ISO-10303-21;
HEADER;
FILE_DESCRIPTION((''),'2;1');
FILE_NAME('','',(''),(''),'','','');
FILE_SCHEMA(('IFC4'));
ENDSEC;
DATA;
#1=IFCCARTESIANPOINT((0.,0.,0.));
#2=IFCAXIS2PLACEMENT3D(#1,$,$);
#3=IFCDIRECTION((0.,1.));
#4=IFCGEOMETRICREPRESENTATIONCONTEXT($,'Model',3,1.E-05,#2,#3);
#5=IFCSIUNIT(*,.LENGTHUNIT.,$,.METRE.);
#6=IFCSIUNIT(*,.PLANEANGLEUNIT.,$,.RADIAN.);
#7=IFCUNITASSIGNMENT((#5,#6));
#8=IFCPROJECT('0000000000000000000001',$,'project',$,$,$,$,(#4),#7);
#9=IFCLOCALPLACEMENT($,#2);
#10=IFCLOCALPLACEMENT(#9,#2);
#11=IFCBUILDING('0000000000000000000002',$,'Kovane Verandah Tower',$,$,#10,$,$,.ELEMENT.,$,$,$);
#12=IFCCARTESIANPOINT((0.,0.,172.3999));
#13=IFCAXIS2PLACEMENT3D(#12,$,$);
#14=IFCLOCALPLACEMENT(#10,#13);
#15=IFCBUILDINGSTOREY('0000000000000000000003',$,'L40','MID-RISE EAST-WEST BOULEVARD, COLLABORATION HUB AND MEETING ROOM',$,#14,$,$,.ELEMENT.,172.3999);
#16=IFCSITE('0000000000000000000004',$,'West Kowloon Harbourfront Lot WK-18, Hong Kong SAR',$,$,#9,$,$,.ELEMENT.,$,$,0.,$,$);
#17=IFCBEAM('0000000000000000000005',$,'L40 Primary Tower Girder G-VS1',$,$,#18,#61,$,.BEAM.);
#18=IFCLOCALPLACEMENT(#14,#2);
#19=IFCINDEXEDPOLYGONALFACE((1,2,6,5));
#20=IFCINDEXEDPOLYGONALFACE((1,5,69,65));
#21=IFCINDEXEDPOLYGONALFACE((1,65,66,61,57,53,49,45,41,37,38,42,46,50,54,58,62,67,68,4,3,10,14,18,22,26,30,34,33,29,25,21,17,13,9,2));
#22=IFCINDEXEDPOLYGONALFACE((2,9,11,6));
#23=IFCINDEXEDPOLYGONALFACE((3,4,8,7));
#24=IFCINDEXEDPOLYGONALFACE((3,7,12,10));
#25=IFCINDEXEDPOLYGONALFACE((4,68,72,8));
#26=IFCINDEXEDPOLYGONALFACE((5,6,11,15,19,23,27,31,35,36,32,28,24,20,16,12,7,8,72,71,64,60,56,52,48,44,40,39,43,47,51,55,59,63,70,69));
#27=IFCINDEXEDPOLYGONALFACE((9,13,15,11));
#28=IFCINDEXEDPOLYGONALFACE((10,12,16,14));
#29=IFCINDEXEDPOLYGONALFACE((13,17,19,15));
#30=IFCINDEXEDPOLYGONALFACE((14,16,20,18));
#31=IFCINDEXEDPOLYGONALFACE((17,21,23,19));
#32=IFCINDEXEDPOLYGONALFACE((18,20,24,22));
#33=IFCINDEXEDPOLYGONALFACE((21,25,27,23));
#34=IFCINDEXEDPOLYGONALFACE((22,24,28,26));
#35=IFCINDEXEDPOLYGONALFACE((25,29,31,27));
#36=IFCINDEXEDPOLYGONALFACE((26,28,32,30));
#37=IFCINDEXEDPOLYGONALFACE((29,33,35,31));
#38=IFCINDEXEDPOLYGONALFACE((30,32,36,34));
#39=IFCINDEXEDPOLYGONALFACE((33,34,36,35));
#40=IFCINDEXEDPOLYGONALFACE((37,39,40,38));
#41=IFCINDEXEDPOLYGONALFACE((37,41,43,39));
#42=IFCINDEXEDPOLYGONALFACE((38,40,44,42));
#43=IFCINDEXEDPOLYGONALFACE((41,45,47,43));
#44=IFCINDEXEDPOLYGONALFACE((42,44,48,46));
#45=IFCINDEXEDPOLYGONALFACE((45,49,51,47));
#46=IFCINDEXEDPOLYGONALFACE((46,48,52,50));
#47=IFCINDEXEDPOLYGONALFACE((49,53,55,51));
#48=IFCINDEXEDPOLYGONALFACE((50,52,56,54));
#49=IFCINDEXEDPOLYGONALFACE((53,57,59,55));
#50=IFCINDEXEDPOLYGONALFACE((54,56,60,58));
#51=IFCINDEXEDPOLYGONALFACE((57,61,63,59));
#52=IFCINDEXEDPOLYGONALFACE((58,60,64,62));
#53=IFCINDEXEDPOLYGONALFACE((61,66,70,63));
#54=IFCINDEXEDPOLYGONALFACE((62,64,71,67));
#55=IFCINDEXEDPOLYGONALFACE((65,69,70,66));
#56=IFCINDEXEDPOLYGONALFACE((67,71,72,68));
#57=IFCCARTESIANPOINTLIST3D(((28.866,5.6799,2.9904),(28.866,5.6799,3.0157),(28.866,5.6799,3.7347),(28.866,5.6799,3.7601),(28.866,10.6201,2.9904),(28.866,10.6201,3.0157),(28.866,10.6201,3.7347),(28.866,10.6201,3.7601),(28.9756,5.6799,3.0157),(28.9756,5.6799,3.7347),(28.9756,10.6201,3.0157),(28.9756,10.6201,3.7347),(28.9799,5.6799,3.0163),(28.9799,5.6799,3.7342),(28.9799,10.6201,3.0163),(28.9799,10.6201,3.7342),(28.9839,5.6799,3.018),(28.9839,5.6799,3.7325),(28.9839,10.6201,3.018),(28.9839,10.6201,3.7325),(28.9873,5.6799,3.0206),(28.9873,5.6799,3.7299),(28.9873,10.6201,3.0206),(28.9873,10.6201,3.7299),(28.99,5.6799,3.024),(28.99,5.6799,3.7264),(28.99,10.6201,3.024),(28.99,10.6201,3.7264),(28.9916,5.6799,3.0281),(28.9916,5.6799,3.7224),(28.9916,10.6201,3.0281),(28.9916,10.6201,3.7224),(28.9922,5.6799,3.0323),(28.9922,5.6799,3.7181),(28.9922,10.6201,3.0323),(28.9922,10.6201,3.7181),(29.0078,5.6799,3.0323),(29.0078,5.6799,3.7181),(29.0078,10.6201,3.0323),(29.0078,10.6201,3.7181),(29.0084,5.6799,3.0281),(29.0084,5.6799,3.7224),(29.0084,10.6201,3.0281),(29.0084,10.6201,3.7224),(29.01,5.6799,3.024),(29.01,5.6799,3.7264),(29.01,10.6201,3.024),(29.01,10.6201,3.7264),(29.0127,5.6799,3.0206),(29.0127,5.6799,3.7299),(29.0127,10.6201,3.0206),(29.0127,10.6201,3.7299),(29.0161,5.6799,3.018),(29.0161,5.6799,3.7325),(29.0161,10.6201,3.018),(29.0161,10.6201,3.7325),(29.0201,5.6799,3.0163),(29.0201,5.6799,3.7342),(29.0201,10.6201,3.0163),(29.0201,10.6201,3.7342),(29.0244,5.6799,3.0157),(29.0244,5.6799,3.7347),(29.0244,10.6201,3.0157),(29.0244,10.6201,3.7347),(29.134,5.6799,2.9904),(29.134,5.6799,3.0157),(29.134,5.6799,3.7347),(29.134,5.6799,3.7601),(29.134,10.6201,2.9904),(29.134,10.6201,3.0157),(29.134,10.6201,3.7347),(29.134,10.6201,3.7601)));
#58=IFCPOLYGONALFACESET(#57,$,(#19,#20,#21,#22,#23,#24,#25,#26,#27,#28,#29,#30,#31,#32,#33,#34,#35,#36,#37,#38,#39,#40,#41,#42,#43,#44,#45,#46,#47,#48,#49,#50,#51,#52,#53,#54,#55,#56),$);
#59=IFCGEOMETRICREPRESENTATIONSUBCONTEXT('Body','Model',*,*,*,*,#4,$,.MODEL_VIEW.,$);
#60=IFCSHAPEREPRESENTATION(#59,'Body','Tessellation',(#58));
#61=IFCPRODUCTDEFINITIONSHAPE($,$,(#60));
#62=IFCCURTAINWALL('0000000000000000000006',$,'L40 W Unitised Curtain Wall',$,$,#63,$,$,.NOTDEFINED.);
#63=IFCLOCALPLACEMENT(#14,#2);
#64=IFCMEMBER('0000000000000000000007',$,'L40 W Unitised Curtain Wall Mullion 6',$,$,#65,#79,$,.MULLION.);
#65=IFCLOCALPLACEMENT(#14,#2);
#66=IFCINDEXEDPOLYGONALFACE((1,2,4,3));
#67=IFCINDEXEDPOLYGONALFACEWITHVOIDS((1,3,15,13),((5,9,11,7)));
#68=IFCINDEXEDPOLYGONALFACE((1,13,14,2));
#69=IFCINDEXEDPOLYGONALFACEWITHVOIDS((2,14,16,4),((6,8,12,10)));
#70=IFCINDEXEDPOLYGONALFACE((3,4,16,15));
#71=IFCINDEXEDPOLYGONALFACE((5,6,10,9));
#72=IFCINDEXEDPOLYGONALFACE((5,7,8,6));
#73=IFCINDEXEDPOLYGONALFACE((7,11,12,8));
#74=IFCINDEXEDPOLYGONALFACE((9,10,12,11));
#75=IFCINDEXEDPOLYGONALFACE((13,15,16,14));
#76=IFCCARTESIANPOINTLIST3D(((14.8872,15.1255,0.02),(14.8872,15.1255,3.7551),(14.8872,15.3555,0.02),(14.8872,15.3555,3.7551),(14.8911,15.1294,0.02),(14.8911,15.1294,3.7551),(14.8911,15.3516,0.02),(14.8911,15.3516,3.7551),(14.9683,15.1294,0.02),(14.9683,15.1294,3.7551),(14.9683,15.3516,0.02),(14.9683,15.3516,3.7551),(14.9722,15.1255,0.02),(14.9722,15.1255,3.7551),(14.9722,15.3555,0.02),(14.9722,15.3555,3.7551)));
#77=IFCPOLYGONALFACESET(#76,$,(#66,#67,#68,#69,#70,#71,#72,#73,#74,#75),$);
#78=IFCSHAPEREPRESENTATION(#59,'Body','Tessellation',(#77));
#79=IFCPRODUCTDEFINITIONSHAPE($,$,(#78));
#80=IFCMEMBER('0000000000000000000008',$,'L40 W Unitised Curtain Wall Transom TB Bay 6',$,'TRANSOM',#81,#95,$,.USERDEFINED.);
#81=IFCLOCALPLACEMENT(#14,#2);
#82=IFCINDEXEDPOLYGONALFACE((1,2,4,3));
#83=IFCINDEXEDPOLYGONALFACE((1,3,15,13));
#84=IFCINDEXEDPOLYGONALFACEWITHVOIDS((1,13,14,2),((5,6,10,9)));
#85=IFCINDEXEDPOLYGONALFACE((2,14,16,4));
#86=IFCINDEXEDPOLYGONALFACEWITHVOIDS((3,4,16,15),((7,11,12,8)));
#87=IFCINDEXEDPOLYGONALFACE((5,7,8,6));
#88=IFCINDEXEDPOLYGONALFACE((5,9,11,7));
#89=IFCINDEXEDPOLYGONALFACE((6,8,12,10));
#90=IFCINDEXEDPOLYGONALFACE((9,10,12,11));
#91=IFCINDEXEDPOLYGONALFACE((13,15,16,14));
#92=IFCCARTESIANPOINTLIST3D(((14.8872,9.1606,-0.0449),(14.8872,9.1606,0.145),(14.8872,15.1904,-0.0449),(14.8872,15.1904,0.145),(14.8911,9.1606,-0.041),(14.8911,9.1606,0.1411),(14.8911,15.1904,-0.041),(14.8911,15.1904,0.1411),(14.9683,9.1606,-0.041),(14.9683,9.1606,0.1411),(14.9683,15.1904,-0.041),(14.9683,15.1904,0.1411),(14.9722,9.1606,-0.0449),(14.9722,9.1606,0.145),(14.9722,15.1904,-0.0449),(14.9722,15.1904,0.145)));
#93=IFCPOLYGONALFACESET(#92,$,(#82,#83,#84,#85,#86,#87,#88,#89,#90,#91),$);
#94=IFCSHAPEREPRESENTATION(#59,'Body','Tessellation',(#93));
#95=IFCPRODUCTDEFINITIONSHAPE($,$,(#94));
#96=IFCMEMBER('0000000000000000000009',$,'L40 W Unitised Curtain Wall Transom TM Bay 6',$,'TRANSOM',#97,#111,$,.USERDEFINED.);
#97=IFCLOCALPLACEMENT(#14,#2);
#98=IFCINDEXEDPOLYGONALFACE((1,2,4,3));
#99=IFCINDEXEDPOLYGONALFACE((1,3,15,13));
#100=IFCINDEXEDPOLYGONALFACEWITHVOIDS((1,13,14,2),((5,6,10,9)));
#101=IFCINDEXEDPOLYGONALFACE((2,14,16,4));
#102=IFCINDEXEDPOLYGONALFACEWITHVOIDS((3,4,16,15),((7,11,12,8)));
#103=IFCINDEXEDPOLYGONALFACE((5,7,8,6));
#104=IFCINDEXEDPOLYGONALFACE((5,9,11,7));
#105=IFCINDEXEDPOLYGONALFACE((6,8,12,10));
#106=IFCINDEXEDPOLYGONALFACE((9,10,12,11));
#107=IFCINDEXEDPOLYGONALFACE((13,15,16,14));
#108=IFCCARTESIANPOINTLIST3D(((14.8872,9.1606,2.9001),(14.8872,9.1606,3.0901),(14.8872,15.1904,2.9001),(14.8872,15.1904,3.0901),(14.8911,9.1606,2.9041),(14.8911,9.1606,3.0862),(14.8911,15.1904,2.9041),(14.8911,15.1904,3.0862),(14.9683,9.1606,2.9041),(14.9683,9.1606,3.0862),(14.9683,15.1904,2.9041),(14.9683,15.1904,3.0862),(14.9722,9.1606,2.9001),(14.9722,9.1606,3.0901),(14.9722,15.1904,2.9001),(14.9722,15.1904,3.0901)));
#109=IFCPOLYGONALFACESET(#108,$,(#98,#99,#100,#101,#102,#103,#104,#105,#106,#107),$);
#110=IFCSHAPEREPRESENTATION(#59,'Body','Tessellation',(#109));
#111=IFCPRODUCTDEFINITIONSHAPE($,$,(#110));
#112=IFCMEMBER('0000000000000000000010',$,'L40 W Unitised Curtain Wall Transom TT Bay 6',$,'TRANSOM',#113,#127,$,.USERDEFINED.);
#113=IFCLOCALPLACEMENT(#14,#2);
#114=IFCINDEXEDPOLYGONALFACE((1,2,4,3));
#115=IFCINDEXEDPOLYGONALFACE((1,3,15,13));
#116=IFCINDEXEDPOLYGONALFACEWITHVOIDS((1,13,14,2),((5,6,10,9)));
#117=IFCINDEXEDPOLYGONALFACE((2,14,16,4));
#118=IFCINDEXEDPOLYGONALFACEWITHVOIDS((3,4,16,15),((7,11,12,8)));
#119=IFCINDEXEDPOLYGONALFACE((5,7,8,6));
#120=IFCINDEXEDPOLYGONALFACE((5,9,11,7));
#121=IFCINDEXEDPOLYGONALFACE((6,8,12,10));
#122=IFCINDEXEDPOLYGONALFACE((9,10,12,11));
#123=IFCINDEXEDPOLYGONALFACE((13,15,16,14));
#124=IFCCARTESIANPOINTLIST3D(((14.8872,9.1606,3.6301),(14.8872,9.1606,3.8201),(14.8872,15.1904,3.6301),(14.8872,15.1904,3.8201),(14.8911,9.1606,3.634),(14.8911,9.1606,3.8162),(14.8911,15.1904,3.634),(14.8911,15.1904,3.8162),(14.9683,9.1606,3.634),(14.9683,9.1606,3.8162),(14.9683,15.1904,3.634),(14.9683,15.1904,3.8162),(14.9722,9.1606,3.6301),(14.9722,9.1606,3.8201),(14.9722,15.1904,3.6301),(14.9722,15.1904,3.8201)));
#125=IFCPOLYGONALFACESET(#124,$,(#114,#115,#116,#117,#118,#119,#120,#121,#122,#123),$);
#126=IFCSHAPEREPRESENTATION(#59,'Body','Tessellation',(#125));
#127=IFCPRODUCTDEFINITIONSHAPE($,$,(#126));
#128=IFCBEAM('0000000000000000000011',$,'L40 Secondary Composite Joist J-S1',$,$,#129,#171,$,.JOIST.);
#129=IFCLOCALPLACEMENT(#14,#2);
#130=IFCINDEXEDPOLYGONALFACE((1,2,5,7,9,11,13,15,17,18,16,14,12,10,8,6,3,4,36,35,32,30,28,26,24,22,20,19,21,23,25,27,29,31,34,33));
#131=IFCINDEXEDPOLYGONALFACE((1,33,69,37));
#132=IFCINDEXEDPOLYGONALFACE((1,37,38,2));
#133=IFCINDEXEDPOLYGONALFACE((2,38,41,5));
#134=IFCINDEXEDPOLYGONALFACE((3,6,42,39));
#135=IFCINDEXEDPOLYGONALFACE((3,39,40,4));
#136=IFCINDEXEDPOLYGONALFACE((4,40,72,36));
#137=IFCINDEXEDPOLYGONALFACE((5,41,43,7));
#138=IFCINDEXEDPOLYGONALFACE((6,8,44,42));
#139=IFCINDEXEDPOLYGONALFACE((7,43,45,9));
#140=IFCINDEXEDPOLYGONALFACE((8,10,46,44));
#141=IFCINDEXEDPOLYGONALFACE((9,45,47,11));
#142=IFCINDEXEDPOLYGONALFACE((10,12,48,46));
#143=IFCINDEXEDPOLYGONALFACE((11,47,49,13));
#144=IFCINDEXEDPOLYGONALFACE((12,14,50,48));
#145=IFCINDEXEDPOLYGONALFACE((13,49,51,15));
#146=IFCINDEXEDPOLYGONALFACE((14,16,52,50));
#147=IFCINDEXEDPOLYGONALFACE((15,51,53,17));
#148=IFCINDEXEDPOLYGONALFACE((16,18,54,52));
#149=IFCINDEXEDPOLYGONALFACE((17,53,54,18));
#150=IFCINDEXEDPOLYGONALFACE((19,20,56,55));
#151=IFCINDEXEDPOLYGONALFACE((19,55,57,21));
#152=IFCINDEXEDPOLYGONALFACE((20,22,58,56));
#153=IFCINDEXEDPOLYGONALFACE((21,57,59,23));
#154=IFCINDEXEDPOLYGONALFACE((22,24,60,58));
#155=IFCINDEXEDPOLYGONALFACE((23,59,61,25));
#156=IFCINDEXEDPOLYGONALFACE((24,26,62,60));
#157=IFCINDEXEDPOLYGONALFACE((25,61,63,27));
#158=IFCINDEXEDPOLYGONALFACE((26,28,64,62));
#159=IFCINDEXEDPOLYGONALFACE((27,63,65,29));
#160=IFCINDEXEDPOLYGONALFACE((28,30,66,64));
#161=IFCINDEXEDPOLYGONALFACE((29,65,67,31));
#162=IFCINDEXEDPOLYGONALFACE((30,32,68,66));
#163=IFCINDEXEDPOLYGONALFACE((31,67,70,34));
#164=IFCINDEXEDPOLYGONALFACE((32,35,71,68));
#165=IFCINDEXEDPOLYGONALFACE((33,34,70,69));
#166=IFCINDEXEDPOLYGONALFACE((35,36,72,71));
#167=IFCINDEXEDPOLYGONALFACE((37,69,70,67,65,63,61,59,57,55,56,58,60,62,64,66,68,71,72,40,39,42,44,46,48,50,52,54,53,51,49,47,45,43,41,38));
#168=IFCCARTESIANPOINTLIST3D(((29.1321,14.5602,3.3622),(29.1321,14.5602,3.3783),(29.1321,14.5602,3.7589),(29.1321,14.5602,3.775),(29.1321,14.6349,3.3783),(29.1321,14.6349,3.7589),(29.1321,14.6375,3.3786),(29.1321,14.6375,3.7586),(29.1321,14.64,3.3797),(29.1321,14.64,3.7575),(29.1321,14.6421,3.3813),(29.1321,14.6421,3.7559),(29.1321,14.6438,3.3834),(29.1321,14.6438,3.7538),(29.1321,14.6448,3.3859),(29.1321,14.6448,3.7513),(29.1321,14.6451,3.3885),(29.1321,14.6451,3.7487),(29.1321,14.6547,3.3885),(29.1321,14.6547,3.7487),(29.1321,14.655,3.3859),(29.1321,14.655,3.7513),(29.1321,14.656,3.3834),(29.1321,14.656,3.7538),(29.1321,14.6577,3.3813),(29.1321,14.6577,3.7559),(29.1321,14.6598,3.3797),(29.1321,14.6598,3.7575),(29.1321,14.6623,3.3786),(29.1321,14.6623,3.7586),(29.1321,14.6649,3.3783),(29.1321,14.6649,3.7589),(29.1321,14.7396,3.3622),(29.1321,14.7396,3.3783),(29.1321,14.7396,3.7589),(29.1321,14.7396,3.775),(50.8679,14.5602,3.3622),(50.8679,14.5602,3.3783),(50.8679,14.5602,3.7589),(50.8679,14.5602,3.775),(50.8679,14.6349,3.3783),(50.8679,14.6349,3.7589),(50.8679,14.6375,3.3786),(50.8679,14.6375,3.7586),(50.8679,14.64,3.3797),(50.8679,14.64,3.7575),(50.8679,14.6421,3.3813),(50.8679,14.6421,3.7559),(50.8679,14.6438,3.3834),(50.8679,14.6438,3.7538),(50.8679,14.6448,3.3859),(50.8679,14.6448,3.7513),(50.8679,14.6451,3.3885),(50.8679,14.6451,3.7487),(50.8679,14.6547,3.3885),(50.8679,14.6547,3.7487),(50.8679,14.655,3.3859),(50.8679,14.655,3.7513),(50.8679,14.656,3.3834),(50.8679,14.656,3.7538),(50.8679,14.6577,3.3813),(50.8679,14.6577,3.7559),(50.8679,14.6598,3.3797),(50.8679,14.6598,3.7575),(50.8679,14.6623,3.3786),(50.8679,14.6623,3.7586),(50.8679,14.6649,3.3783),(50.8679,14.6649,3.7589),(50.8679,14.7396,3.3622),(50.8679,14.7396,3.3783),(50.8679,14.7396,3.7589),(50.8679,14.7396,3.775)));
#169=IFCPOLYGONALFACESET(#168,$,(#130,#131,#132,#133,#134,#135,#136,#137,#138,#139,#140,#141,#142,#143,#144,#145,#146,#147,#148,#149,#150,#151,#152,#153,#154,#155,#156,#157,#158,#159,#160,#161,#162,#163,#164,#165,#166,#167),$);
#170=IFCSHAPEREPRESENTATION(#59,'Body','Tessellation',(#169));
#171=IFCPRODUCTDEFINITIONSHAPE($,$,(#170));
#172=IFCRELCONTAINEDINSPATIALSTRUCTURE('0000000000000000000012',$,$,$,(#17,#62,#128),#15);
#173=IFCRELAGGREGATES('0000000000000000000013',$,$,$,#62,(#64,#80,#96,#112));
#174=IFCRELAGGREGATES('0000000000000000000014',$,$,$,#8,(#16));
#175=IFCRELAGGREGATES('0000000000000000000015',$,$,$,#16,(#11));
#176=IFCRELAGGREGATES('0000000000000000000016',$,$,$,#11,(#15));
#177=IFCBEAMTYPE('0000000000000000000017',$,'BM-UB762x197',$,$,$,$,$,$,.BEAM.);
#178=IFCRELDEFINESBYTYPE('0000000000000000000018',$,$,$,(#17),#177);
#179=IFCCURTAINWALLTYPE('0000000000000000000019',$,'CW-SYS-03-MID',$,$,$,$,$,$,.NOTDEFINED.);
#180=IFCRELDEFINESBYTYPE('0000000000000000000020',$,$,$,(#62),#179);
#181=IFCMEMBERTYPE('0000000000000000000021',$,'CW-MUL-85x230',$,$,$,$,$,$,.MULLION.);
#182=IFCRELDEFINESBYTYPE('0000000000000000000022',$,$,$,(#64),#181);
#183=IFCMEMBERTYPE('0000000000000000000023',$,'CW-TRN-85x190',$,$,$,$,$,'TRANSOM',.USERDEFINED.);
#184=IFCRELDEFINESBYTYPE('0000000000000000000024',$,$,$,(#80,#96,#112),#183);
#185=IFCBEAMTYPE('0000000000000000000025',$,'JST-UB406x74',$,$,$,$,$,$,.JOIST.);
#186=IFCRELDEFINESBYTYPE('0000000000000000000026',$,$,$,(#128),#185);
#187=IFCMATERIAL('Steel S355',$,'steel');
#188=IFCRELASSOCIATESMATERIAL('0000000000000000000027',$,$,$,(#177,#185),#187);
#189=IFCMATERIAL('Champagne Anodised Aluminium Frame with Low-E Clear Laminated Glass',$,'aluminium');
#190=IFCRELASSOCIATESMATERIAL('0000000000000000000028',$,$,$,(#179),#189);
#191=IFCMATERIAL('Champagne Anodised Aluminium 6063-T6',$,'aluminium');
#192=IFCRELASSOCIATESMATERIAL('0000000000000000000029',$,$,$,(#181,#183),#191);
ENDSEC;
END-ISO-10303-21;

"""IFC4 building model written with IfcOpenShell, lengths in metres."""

from ifc_helpers import new_model, si_unit, direction, frame, origin, origin_2d, place, context, subcontext, project, spatial, hollow_rectangle, i_section, extrude, material, material_profile, profile_set, type_object, element, aggregate, save


model = new_model("IFC4")

# Units and contexts
model_context = context("Model", 3, precision=1e-05, world=origin(), true_north=direction((0.0, 1.0)))
body_context = subcontext(model_context, "Body", "Model", "MODEL_VIEW")
ifc_project = project(units=[si_unit("LENGTHUNIT", "METRE"), si_unit("PLANEANGLEUNIT", "RADIAN")], contexts=[model_context])

# Site, building, storey
site_placement = place(None, origin())
site = spatial("IfcSite", under=ifc_project, at=site_placement, Name="West Kowloon Harbourfront Lot WK-18, Hong Kong SAR", CompositionType="ELEMENT", RefElevation=0.0)
building_placement = place(site_placement, origin())
building = spatial("IfcBuilding", under=site, at=building_placement, Name="Kovane Verandah Tower", CompositionType="ELEMENT")
storey_placement = place(building_placement, frame((0.0, 0.0, 172.3999)))
storey = spatial("IfcBuildingStorey", under=building, at=storey_placement, Name="L40", Description="MID-RISE EAST-WEST BOULEVARD, COLLABORATION HUB AND MEETING ROOM", CompositionType="ELEMENT", Elevation=172.3999)

# Beam
ifc_material_1 = material(Name="Steel S355", Category="steel")
ifc_material_profile_1 = material_profile(ifc_material_1, i_section(OverallWidth=0.2681, OverallDepth=0.7698, WebThickness=0.0156, FlangeThickness=0.0254, FilletRadius=0.0166, at=origin_2d()), Name="UB762x267x197")
ifc_profile_set_1 = profile_set([ifc_material_profile_1], Name="Steel S355")
beam_type_1 = type_object("IfcBeamType", Name="BM-UB762x197", PredefinedType="BEAM", material=ifc_profile_set_1)
beam_1_placement = place(storey_placement, frame((29.0, 10.6201, 3.3752), z_axis=(0.0, -1.0, 0.0), x_axis=(1.0, 0.0, 0.0)))
element("IfcBeam", 1, at=beam_1_placement, inside=storey, type_object=beam_type_1, Name="L40 Primary Tower Girder G-VS1", PredefinedType="BEAM", context=body_context, shape_type="SweptSolid", body=[
    extrude(i_section(OverallWidth=0.2681, OverallDepth=0.7698, WebThickness=0.0156, FlangeThickness=0.0254, FilletRadius=0.0166, at=origin_2d()), origin(), (0.0, 0.0, 1.0), 4.9402),
])

# Curtain wall, members
ifc_material_2 = material(Name="Champagne Anodised Aluminium Frame with Low-E Clear Laminated Glass", Category="aluminium")
curtain_wall_type = type_object("IfcCurtainWallType", Name="CW-SYS-03-MID", PredefinedType="NOTDEFINED", material=ifc_material_2)
curtain_wall_placement = place(storey_placement, origin())
curtain_wall = element("IfcCurtainWall", 2, at=curtain_wall_placement, inside=storey, type_object=curtain_wall_type, Name="L40 W Unitised Curtain Wall", PredefinedType="NOTDEFINED")
ifc_material_3 = material(Name="Champagne Anodised Aluminium 6063-T6", Category="aluminium")
ifc_material_profile_2 = material_profile(ifc_material_3, hollow_rectangle(XDim=0.085, YDim=0.23, WallThickness=0.0039, at=origin_2d()), Name="AL85x230x4")
ifc_profile_set_2 = profile_set([ifc_material_profile_2], Name="Champagne Anodised Aluminium 6063-T6")
member_type_1 = type_object("IfcMemberType", Name="CW-MUL-85x230", PredefinedType="MULLION", material=ifc_profile_set_2)
member_1_placement = place(storey_placement, frame((14.9297, 15.2405, 0.02), z_axis=(0.0, 0.0, 1.0), x_axis=(-1.0, 0.0, 0.0)))
member_1 = element("IfcMember", 3, at=member_1_placement, type_object=member_type_1, Name="L40 W Unitised Curtain Wall Mullion 6", PredefinedType="MULLION", context=body_context, shape_type="SweptSolid", body=[
    extrude(hollow_rectangle(XDim=0.085, YDim=0.23, WallThickness=0.0039, at=origin_2d()), origin(), (0.0, 0.0, 1.0), 3.7351),
])
ifc_material_profile_3 = material_profile(ifc_material_3, hollow_rectangle(XDim=0.085, YDim=0.1899, WallThickness=0.0039, at=origin_2d()), Name="AL85x190x4")
ifc_profile_set_3 = profile_set([ifc_material_profile_3], Name="Champagne Anodised Aluminium 6063-T6")
member_type_2 = type_object("IfcMemberType", Name="CW-TRN-85x190", ElementType="TRANSOM", PredefinedType="USERDEFINED", material=ifc_profile_set_3)
member_2_placement = place(storey_placement, frame((14.9297, 15.1904, 0.05), z_axis=(0.0, -1.0, 0.0), x_axis=(1.0, 0.0, 0.0)))
member_2 = element("IfcMember", 4, at=member_2_placement, type_object=member_type_2, Name="L40 W Unitised Curtain Wall Transom TB Bay 6", ObjectType="TRANSOM", PredefinedType="USERDEFINED", context=body_context, shape_type="SweptSolid", body=[
    extrude(hollow_rectangle(XDim=0.085, YDim=0.1899, WallThickness=0.0039, at=origin_2d()), origin(), (0.0, 0.0, 1.0), 6.0298),
])
member_3_placement = place(storey_placement, frame((14.9297, 15.1904, 2.9951), z_axis=(0.0, -1.0, 0.0), x_axis=(1.0, 0.0, 0.0)))
member_3 = element("IfcMember", 5, at=member_3_placement, type_object=member_type_2, Name="L40 W Unitised Curtain Wall Transom TM Bay 6", ObjectType="TRANSOM", PredefinedType="USERDEFINED", context=body_context, shape_type="SweptSolid", body=[
    extrude(hollow_rectangle(XDim=0.085, YDim=0.1899, WallThickness=0.0039, at=origin_2d()), origin(), (0.0, 0.0, 1.0), 6.0298),
])
member_4_placement = place(storey_placement, frame((14.9297, 15.1904, 3.7251), z_axis=(0.0, -1.0, 0.0), x_axis=(1.0, 0.0, 0.0)))
member_4 = element("IfcMember", 6, at=member_4_placement, type_object=member_type_2, Name="L40 W Unitised Curtain Wall Transom TT Bay 6", ObjectType="TRANSOM", PredefinedType="USERDEFINED", context=body_context, shape_type="SweptSolid", body=[
    extrude(hollow_rectangle(XDim=0.085, YDim=0.1899, WallThickness=0.0039, at=origin_2d()), origin(), (0.0, 0.0, 1.0), 6.0298),
])

# Beam
ifc_material_profile_4 = material_profile(ifc_material_1, i_section(OverallWidth=0.1794, OverallDepth=0.4128, WebThickness=0.0095, FlangeThickness=0.0161, FilletRadius=0.0103, at=origin_2d()), Name="UB406x178x74")
ifc_profile_set_4 = profile_set([ifc_material_profile_4], Name="Steel S355")
beam_type_2 = type_object("IfcBeamType", Name="JST-UB406x74", PredefinedType="JOIST", material=ifc_profile_set_4)
beam_2_placement = place(storey_placement, frame((29.1321, 14.6499, 3.5686), z_axis=(1.0, 0.0, 0.0), x_axis=(0.0, 1.0, 0.0)))
element("IfcBeam", 7, at=beam_2_placement, inside=storey, type_object=beam_type_2, Name="L40 Secondary Composite Joist J-S1", PredefinedType="JOIST", context=body_context, shape_type="SweptSolid", body=[
    extrude(i_section(OverallWidth=0.1794, OverallDepth=0.4128, WebThickness=0.0095, FlangeThickness=0.0161, FilletRadius=0.0103, at=origin_2d()), origin(), (0.0, 0.0, 1.0), 21.7358),
])

aggregate(curtain_wall, [member_1, member_2, member_3, member_4])

save(model, "model.ifc")
